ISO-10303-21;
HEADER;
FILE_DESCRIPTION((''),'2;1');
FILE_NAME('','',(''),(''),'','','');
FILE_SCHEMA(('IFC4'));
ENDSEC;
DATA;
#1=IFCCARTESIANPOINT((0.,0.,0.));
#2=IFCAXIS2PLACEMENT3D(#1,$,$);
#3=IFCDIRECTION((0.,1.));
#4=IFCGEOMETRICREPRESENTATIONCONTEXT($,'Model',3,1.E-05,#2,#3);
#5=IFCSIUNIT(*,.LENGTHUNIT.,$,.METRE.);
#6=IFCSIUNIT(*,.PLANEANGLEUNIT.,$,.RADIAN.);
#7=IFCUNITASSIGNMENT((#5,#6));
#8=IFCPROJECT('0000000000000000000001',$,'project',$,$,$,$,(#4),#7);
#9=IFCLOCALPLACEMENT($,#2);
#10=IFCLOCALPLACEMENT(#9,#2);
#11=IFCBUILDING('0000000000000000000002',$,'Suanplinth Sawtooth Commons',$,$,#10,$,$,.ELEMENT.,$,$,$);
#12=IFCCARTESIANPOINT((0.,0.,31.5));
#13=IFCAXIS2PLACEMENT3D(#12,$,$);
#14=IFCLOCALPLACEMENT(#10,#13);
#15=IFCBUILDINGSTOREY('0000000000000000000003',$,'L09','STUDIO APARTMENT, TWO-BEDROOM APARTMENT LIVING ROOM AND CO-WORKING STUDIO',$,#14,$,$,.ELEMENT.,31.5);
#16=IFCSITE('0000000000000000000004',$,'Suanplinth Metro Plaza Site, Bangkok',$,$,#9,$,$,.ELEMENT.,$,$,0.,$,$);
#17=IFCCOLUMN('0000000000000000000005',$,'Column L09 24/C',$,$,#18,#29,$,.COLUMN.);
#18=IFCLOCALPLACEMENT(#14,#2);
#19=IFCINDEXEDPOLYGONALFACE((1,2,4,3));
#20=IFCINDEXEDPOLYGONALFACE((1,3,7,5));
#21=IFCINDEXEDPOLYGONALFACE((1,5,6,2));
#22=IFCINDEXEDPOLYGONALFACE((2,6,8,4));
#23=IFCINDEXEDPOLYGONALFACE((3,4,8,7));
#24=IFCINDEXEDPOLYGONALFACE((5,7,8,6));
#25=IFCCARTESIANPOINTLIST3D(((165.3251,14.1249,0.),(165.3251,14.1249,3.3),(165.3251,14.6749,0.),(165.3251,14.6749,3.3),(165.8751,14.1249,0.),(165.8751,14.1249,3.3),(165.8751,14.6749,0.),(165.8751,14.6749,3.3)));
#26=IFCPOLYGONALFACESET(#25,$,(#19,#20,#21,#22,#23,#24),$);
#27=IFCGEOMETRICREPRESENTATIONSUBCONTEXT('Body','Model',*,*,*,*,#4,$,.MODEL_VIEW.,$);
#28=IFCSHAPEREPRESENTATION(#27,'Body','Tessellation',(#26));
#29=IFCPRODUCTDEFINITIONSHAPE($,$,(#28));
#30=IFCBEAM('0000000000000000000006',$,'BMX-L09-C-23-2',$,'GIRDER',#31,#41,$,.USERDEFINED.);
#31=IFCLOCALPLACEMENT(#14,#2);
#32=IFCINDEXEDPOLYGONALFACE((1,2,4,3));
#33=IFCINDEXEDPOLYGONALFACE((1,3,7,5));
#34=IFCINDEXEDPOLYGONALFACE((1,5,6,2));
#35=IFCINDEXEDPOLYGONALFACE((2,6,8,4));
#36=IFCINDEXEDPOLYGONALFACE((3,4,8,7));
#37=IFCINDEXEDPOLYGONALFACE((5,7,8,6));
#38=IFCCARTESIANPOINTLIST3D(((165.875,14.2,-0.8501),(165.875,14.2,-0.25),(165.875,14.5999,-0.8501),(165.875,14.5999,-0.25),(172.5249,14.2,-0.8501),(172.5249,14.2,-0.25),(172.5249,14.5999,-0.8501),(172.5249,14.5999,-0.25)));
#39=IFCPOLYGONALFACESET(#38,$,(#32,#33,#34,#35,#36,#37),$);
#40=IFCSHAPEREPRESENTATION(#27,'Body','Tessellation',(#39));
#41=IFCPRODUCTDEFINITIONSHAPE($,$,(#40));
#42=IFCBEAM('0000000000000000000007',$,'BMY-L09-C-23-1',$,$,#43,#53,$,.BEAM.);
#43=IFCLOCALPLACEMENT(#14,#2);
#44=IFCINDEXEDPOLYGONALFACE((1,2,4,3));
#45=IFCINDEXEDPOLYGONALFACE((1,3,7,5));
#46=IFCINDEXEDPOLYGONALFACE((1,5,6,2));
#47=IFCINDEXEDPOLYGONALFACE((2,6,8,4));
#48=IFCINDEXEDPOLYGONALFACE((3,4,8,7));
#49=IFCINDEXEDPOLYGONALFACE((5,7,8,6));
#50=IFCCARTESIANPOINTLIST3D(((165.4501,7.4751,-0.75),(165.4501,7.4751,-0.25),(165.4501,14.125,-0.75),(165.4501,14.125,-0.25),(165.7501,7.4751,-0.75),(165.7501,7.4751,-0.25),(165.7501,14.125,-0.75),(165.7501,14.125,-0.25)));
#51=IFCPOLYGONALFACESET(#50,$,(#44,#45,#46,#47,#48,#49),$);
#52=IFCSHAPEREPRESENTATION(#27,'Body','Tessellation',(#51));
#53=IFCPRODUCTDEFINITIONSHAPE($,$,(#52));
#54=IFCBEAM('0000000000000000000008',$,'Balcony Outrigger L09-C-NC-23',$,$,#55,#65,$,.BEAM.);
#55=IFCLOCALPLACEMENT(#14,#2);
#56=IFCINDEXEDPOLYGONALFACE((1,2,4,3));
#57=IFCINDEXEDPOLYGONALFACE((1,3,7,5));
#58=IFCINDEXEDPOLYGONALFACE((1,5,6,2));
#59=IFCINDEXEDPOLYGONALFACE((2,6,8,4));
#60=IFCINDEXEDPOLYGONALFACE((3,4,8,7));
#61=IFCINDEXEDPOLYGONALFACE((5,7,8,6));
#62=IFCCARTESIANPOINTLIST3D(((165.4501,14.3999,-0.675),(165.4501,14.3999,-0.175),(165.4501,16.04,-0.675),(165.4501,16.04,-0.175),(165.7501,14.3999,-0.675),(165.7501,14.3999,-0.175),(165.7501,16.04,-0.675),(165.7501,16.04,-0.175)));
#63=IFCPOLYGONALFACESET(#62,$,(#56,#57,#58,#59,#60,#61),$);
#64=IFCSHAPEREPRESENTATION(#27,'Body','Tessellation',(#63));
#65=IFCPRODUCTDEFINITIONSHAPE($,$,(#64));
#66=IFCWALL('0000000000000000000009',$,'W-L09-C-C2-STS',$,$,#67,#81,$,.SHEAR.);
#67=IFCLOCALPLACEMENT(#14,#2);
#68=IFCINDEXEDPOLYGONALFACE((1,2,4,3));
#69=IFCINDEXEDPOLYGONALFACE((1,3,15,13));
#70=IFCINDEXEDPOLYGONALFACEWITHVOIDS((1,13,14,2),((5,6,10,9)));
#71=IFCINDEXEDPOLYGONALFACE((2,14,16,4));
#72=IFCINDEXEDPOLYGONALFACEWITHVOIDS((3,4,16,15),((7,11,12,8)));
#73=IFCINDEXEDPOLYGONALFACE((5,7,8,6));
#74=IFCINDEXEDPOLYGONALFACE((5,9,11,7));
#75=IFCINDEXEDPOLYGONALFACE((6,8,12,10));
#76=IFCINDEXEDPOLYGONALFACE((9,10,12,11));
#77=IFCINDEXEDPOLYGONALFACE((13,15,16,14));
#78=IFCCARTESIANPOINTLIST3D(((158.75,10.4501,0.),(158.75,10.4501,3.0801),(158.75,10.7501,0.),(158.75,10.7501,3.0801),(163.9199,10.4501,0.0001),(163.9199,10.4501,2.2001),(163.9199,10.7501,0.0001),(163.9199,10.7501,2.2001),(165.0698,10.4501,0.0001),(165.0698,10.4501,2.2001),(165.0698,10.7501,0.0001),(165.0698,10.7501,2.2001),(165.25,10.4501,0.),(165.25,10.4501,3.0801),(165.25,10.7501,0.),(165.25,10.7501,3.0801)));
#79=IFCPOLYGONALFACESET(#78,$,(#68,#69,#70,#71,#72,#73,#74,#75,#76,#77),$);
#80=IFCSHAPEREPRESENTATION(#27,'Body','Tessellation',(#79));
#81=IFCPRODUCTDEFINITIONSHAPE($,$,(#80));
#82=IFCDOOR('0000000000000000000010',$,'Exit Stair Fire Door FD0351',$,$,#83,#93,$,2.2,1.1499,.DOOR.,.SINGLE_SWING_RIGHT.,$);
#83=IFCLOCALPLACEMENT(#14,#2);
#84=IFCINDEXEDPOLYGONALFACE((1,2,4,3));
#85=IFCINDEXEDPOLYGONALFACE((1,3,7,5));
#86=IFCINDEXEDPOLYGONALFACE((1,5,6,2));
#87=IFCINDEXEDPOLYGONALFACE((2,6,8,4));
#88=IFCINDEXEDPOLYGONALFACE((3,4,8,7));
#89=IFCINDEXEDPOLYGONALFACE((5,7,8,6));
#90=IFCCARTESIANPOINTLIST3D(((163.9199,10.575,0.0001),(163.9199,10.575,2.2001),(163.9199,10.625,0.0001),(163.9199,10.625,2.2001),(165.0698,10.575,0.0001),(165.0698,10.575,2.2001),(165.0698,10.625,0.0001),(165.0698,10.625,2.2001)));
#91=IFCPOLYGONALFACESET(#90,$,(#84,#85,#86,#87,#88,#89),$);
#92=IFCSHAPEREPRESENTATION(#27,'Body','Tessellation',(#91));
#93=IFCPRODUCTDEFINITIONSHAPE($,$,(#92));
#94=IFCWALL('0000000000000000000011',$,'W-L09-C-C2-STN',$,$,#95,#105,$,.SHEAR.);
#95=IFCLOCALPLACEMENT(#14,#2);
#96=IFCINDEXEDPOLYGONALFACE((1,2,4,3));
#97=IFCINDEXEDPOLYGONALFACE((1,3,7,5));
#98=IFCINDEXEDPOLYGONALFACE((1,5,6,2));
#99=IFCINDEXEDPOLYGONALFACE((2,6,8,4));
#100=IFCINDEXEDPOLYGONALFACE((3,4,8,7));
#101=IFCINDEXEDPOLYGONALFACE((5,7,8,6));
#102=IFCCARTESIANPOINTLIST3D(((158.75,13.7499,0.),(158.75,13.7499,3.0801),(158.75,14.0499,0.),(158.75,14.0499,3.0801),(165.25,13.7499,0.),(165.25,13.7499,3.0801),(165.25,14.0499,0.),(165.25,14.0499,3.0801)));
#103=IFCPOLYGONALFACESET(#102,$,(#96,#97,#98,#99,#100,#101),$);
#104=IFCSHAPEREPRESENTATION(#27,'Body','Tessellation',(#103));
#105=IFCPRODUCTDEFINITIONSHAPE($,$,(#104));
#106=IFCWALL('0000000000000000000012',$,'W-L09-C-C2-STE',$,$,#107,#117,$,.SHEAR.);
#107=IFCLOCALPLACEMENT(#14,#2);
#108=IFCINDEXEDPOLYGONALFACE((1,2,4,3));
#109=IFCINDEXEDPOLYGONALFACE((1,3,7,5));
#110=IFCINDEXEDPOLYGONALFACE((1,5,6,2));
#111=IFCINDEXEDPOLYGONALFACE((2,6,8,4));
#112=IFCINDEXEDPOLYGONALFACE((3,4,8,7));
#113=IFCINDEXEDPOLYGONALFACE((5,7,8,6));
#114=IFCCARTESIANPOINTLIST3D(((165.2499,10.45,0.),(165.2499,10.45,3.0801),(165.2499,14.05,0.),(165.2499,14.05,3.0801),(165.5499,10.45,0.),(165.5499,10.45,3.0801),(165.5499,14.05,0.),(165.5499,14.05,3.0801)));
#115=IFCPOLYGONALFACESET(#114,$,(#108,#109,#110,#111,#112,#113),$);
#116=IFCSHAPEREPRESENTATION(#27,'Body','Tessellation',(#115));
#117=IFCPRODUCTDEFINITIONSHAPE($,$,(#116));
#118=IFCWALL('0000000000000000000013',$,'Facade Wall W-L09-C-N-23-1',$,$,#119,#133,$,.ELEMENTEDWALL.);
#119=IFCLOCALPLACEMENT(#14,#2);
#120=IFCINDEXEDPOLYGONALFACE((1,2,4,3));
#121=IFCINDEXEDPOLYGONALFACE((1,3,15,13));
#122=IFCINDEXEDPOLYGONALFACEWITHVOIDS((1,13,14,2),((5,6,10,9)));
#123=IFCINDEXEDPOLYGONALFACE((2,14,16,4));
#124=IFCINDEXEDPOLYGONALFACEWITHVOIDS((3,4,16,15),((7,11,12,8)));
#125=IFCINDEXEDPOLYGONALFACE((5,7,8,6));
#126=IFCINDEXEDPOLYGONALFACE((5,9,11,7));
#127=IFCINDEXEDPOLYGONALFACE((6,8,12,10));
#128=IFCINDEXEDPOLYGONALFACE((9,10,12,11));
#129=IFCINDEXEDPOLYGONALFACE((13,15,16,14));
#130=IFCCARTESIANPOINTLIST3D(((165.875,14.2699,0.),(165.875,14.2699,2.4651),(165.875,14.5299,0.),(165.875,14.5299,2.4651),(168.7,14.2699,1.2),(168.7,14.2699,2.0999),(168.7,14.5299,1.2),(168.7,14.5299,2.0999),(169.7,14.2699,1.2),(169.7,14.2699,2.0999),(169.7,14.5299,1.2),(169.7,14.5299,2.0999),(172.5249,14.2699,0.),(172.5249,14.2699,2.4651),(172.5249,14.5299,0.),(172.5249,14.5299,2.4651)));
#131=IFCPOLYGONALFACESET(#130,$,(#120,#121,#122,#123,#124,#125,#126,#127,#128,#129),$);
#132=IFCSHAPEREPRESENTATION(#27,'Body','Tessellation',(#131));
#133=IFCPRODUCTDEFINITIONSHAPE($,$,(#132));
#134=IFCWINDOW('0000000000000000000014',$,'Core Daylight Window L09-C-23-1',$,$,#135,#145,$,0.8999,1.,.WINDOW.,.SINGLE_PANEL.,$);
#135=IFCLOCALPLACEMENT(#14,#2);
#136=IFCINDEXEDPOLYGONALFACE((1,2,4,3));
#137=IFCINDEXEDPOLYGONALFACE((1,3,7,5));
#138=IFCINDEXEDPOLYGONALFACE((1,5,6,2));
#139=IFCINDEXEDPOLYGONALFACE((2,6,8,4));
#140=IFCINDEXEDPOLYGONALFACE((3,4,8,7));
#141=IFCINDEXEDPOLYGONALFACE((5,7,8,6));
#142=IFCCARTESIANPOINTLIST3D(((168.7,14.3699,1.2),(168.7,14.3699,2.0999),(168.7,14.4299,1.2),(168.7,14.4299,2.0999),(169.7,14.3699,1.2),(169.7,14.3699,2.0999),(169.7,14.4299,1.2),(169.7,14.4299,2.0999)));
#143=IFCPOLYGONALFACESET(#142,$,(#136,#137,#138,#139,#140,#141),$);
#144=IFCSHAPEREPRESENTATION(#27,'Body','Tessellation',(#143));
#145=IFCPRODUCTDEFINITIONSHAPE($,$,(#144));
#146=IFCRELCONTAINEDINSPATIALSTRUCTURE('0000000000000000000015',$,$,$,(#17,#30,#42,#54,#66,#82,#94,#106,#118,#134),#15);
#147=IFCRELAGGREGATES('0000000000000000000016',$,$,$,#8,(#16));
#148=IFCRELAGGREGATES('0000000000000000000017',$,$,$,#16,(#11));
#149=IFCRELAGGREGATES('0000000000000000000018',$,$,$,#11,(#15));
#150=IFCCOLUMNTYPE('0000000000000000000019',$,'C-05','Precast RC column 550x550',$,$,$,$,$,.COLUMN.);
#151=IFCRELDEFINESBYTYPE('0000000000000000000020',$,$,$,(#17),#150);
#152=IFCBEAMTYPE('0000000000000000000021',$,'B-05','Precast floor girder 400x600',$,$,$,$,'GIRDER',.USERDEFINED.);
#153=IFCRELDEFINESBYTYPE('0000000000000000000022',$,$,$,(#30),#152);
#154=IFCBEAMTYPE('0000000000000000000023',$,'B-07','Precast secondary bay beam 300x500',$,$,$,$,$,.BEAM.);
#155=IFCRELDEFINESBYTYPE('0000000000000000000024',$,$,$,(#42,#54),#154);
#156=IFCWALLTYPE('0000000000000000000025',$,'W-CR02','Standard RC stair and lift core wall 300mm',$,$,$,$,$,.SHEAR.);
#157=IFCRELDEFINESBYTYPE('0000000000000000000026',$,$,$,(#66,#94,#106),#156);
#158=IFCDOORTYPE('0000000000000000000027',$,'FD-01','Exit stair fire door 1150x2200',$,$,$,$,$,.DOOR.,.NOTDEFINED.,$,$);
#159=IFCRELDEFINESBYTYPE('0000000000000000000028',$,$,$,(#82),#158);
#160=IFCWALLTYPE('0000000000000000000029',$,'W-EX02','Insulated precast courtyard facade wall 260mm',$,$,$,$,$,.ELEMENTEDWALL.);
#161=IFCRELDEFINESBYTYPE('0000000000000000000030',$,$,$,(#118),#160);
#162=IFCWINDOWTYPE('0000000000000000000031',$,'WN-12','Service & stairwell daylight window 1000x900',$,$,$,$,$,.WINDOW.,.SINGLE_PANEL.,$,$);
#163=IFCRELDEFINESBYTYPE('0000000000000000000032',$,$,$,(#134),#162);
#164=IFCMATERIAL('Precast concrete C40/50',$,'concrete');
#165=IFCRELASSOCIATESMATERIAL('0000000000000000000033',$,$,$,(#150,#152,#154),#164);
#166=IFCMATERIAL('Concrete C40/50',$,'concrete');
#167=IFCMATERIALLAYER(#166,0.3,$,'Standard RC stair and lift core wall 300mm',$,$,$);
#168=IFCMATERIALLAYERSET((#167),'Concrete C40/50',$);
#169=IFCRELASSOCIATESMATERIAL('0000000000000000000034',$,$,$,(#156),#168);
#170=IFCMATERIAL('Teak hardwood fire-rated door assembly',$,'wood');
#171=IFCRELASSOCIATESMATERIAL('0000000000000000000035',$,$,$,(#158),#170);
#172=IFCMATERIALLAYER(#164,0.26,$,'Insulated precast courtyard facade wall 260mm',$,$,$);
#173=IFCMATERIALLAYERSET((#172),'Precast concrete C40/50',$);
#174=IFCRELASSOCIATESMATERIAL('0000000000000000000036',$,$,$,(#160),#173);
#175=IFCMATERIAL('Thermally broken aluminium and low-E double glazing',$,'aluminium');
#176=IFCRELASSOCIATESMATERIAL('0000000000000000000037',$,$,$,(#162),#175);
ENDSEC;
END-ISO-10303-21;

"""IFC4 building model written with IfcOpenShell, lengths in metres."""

from ifc_helpers import new_model, si_unit, direction, frame, frame_2d, origin, origin_2d, place, context, subcontext, project, spatial, rectangle, extrude, material, layer, layer_set, material_profile, profile_set, type_object, element, fill, save


model = new_model("IFC4")

# Units and contexts
model_context = context("Model", 3, precision=1e-05, world=origin(), true_north=direction((0.0, 1.0)))
body_context = subcontext(model_context, "Body", "Model", "MODEL_VIEW")
ifc_project = project(units=[si_unit("LENGTHUNIT", "METRE"), si_unit("PLANEANGLEUNIT", "RADIAN")], contexts=[model_context])

# Site, building, storey
site_placement = place(None, origin())
site = spatial("IfcSite", under=ifc_project, at=site_placement, Name="Suanplinth Metro Plaza Site, Bangkok", CompositionType="ELEMENT", RefElevation=0.0)
building_placement = place(site_placement, origin())
building = spatial("IfcBuilding", under=site, at=building_placement, Name="Suanplinth Sawtooth Commons", CompositionType="ELEMENT")
storey_placement = place(building_placement, frame((0.0, 0.0, 31.5)))
storey = spatial("IfcBuildingStorey", under=building, at=storey_placement, Name="L09", Description="STUDIO APARTMENT, TWO-BEDROOM APARTMENT LIVING ROOM AND CO-WORKING STUDIO", CompositionType="ELEMENT", Elevation=31.5)

# Column
ifc_material_1 = material(Name="Precast concrete C40/50", Category="concrete")
ifc_material_profile_1 = material_profile(ifc_material_1, rectangle(XDim=0.55, YDim=0.55, at=origin_2d()), Name="PC-COL 550x550")
ifc_profile_set_1 = profile_set([ifc_material_profile_1], Name="Precast concrete C40/50")
column_type = type_object("IfcColumnType", Name="C-05", Description="Precast RC column 550x550", PredefinedType="COLUMN", material=ifc_profile_set_1)
column_placement = place(storey_placement, frame((165.6001, 14.3999, 0.0), z_axis=(0.0, 0.0, 1.0), x_axis=(1.0, 0.0, 0.0)))
element("IfcColumn", 1, at=column_placement, inside=storey, type_object=column_type, Name="Column L09 24/C", PredefinedType="COLUMN", context=body_context, shape_type="SweptSolid", body=[
    extrude(rectangle(XDim=0.55, YDim=0.55, at=origin_2d()), origin(), (0.0, 0.0, 1.0), 3.3),
])

# Beams
ifc_material_profile_2 = material_profile(ifc_material_1, rectangle(XDim=0.3999, YDim=0.6001, at=origin_2d()), Name="PC-GDR 400x600")
ifc_profile_set_2 = profile_set([ifc_material_profile_2], Name="Precast concrete C40/50")
beam_type_1 = type_object("IfcBeamType", Name="B-05", Description="Precast floor girder 400x600", ElementType="GIRDER", PredefinedType="USERDEFINED", material=ifc_profile_set_2)
beam_1_placement = place(storey_placement, frame((165.875, 14.3999, -0.55), z_axis=(1.0, 0.0, 0.0), x_axis=(0.0, 1.0, 0.0)))
element("IfcBeam", 2, at=beam_1_placement, inside=storey, type_object=beam_type_1, Name="BMX-L09-C-23-2", ObjectType="GIRDER", PredefinedType="USERDEFINED", context=body_context, shape_type="SweptSolid", body=[
    extrude(rectangle(XDim=0.3999, YDim=0.6001, at=origin_2d()), origin(), (0.0, 0.0, 1.0), 6.6499),
])
ifc_material_profile_3 = material_profile(ifc_material_1, rectangle(XDim=0.3, YDim=0.5, at=origin_2d()), Name="PC-BM 300x500")
ifc_profile_set_3 = profile_set([ifc_material_profile_3], Name="Precast concrete C40/50")
beam_type_2 = type_object("IfcBeamType", Name="B-07", Description="Precast secondary bay beam 300x500", PredefinedType="BEAM", material=ifc_profile_set_3)
beam_2_placement = place(storey_placement, frame((165.6001, 7.4751, -0.5), z_axis=(0.0, 1.0, 0.0), x_axis=(-1.0, 0.0, 0.0)))
element("IfcBeam", 3, at=beam_2_placement, inside=storey, type_object=beam_type_2, Name="BMY-L09-C-23-1", PredefinedType="BEAM", context=body_context, shape_type="SweptSolid", body=[
    extrude(rectangle(XDim=0.3, YDim=0.5, at=origin_2d()), origin(), (0.0, 0.0, 1.0), 6.6499),
])
beam_3_placement = place(storey_placement, frame((165.6001, 14.3999, -0.425), z_axis=(0.0, 1.0, 0.0), x_axis=(-1.0, 0.0, 0.0)))
element("IfcBeam", 4, at=beam_3_placement, inside=storey, type_object=beam_type_2, Name="Balcony Outrigger L09-C-NC-23", PredefinedType="BEAM", context=body_context, shape_type="SweptSolid", body=[
    extrude(rectangle(XDim=0.3, YDim=0.5, at=origin_2d()), origin(), (0.0, 0.0, 1.0), 1.6401),
])

# Wall, opening, door
ifc_material_2 = material(Name="Concrete C40/50", Category="concrete")
ifc_layer_1 = layer(ifc_material_2, 0.3, Name="Standard RC stair and lift core wall 300mm")
ifc_layer_set_1 = layer_set([ifc_layer_1], Name="Concrete C40/50")
wall_type_1 = type_object("IfcWallType", Name="W-CR02", Description="Standard RC stair and lift core wall 300mm", PredefinedType="SHEAR", material=ifc_layer_set_1)
wall_1_placement = place(storey_placement, frame((158.75, 10.6001, 0.0), z_axis=(0.0, 0.0, 1.0), x_axis=(1.0, 0.0, 0.0)))
wall_1 = element("IfcWall", 5, at=wall_1_placement, inside=storey, type_object=wall_type_1, Name="W-L09-C-C2-STS", PredefinedType="SHEAR", context=body_context, shape_type="SweptSolid", body=[
    extrude(rectangle(XDim=6.5, YDim=0.3, at=frame_2d((3.25, 0.0))), origin(), (0.0, 0.0, 1.0), 3.0801),
])
opening_1_placement = place(wall_1_placement, frame((5.1699, 0.0, 0.0)))
opening_1 = element("IfcOpeningElement", 6, at=opening_1_placement, cuts=wall_1, PredefinedType="OPENING", context=body_context, shape_type="SweptSolid", body=[
    extrude(rectangle(XDim=1.1499, YDim=2.2, at=frame_2d((0.575, 1.1001))), frame((0.0, 0.165, 0.0), z_axis=(0.0, -1.0, 0.0), x_axis=(1.0, 0.0, 0.0)), (0.0, 0.0, 1.0), 0.3298),
])
ifc_material_3 = material(Name="Teak hardwood fire-rated door assembly", Category="wood")
door_type_1 = type_object("IfcDoorType", Name="FD-01", Description="Exit stair fire door 1150x2200", OperationType="NOTDEFINED", PredefinedType="DOOR", material=ifc_material_3)
door_1_placement = place(opening_1_placement, origin())
door_1 = element("IfcDoor", 7, at=door_1_placement, inside=storey, type_object=door_type_1, Name="Exit Stair Fire Door FD0351", OperationType="SINGLE_SWING_RIGHT", OverallHeight=2.2, OverallWidth=1.1499, PredefinedType="DOOR", context=body_context, shape_type="SweptSolid", body=[
    extrude(rectangle(XDim=1.1499, YDim=2.2, at=frame_2d((0.575, 1.1001))), frame((0.0, 0.0249, 0.0), z_axis=(0.0, -1.0, 0.0), x_axis=(1.0, 0.0, 0.0)), (0.0, 0.0, 1.0), 0.05),
])
fill(opening_1, door_1)

# Walls
wall_2_placement = place(storey_placement, frame((158.75, 13.8999, 0.0), z_axis=(0.0, 0.0, 1.0), x_axis=(1.0, 0.0, 0.0)))
element("IfcWall", 8, at=wall_2_placement, inside=storey, type_object=wall_type_1, Name="W-L09-C-C2-STN", PredefinedType="SHEAR", context=body_context, shape_type="SweptSolid", body=[
    extrude(rectangle(XDim=6.5, YDim=0.3, at=frame_2d((3.25, 0.0))), origin(), (0.0, 0.0, 1.0), 3.0801),
])
wall_3_placement = place(storey_placement, frame((165.3999, 10.45, 0.0), z_axis=(0.0, 0.0, 1.0), x_axis=(0.0, 1.0, 0.0)))
element("IfcWall", 9, at=wall_3_placement, inside=storey, type_object=wall_type_1, Name="W-L09-C-C2-STE", PredefinedType="SHEAR", context=body_context, shape_type="SweptSolid", body=[
    extrude(rectangle(XDim=3.6001, YDim=0.3, at=frame_2d((1.8, 0.0))), origin(), (0.0, 0.0, 1.0), 3.0801),
])

# Wall, opening, window
ifc_layer_2 = layer(ifc_material_1, 0.26, Name="Insulated precast courtyard facade wall 260mm")
ifc_layer_set_2 = layer_set([ifc_layer_2], Name="Precast concrete C40/50")
wall_type_2 = type_object("IfcWallType", Name="W-EX02", Description="Insulated precast courtyard facade wall 260mm", PredefinedType="ELEMENTEDWALL", material=ifc_layer_set_2)
wall_4_placement = place(storey_placement, frame((165.875, 14.3999, 0.0), z_axis=(0.0, 0.0, 1.0), x_axis=(1.0, 0.0, 0.0)))
wall_4 = element("IfcWall", 10, at=wall_4_placement, inside=storey, type_object=wall_type_2, Name="Facade Wall W-L09-C-N-23-1", PredefinedType="ELEMENTEDWALL", context=body_context, shape_type="SweptSolid", body=[
    extrude(rectangle(XDim=6.6499, YDim=0.26, at=frame_2d((3.325, 0.0))), origin(), (0.0, 0.0, 1.0), 2.4651),
])
opening_2_placement = place(wall_4_placement, frame((2.825, 0.0, 1.2)))
opening_2 = element("IfcOpeningElement", 11, at=opening_2_placement, cuts=wall_4, PredefinedType="OPENING", context=body_context, shape_type="SweptSolid", body=[
    extrude(rectangle(XDim=1.0, YDim=0.8999, at=frame_2d((0.5, 0.45))), frame((0.0, 0.145, 0.0), z_axis=(0.0, -1.0, 0.0), x_axis=(1.0, 0.0, 0.0)), (0.0, 0.0, 1.0), 0.2898),
])
ifc_material_4 = material(Name="Thermally broken aluminium and low-E double glazing", Category="aluminium")
window_type = type_object("IfcWindowType", Name="WN-12", Description="Service & stairwell daylight window 1000x900", PartitioningType="SINGLE_PANEL", PredefinedType="WINDOW", material=ifc_material_4)
window_placement = place(opening_2_placement, origin())
window = element("IfcWindow", 12, at=window_placement, inside=storey, type_object=window_type, Name="Core Daylight Window L09-C-23-1", OverallHeight=0.8999, OverallWidth=1.0, PartitioningType="SINGLE_PANEL", PredefinedType="WINDOW", context=body_context, shape_type="SweptSolid", body=[
    extrude(rectangle(XDim=1.0, YDim=0.8999, at=frame_2d((0.5, 0.45))), frame((0.0, 0.03, 0.0), z_axis=(0.0, -1.0, 0.0), x_axis=(1.0, 0.0, 0.0)), (0.0, 0.0, 1.0), 0.0601),
])
fill(opening_2, window)

save(model, "model.ifc")
